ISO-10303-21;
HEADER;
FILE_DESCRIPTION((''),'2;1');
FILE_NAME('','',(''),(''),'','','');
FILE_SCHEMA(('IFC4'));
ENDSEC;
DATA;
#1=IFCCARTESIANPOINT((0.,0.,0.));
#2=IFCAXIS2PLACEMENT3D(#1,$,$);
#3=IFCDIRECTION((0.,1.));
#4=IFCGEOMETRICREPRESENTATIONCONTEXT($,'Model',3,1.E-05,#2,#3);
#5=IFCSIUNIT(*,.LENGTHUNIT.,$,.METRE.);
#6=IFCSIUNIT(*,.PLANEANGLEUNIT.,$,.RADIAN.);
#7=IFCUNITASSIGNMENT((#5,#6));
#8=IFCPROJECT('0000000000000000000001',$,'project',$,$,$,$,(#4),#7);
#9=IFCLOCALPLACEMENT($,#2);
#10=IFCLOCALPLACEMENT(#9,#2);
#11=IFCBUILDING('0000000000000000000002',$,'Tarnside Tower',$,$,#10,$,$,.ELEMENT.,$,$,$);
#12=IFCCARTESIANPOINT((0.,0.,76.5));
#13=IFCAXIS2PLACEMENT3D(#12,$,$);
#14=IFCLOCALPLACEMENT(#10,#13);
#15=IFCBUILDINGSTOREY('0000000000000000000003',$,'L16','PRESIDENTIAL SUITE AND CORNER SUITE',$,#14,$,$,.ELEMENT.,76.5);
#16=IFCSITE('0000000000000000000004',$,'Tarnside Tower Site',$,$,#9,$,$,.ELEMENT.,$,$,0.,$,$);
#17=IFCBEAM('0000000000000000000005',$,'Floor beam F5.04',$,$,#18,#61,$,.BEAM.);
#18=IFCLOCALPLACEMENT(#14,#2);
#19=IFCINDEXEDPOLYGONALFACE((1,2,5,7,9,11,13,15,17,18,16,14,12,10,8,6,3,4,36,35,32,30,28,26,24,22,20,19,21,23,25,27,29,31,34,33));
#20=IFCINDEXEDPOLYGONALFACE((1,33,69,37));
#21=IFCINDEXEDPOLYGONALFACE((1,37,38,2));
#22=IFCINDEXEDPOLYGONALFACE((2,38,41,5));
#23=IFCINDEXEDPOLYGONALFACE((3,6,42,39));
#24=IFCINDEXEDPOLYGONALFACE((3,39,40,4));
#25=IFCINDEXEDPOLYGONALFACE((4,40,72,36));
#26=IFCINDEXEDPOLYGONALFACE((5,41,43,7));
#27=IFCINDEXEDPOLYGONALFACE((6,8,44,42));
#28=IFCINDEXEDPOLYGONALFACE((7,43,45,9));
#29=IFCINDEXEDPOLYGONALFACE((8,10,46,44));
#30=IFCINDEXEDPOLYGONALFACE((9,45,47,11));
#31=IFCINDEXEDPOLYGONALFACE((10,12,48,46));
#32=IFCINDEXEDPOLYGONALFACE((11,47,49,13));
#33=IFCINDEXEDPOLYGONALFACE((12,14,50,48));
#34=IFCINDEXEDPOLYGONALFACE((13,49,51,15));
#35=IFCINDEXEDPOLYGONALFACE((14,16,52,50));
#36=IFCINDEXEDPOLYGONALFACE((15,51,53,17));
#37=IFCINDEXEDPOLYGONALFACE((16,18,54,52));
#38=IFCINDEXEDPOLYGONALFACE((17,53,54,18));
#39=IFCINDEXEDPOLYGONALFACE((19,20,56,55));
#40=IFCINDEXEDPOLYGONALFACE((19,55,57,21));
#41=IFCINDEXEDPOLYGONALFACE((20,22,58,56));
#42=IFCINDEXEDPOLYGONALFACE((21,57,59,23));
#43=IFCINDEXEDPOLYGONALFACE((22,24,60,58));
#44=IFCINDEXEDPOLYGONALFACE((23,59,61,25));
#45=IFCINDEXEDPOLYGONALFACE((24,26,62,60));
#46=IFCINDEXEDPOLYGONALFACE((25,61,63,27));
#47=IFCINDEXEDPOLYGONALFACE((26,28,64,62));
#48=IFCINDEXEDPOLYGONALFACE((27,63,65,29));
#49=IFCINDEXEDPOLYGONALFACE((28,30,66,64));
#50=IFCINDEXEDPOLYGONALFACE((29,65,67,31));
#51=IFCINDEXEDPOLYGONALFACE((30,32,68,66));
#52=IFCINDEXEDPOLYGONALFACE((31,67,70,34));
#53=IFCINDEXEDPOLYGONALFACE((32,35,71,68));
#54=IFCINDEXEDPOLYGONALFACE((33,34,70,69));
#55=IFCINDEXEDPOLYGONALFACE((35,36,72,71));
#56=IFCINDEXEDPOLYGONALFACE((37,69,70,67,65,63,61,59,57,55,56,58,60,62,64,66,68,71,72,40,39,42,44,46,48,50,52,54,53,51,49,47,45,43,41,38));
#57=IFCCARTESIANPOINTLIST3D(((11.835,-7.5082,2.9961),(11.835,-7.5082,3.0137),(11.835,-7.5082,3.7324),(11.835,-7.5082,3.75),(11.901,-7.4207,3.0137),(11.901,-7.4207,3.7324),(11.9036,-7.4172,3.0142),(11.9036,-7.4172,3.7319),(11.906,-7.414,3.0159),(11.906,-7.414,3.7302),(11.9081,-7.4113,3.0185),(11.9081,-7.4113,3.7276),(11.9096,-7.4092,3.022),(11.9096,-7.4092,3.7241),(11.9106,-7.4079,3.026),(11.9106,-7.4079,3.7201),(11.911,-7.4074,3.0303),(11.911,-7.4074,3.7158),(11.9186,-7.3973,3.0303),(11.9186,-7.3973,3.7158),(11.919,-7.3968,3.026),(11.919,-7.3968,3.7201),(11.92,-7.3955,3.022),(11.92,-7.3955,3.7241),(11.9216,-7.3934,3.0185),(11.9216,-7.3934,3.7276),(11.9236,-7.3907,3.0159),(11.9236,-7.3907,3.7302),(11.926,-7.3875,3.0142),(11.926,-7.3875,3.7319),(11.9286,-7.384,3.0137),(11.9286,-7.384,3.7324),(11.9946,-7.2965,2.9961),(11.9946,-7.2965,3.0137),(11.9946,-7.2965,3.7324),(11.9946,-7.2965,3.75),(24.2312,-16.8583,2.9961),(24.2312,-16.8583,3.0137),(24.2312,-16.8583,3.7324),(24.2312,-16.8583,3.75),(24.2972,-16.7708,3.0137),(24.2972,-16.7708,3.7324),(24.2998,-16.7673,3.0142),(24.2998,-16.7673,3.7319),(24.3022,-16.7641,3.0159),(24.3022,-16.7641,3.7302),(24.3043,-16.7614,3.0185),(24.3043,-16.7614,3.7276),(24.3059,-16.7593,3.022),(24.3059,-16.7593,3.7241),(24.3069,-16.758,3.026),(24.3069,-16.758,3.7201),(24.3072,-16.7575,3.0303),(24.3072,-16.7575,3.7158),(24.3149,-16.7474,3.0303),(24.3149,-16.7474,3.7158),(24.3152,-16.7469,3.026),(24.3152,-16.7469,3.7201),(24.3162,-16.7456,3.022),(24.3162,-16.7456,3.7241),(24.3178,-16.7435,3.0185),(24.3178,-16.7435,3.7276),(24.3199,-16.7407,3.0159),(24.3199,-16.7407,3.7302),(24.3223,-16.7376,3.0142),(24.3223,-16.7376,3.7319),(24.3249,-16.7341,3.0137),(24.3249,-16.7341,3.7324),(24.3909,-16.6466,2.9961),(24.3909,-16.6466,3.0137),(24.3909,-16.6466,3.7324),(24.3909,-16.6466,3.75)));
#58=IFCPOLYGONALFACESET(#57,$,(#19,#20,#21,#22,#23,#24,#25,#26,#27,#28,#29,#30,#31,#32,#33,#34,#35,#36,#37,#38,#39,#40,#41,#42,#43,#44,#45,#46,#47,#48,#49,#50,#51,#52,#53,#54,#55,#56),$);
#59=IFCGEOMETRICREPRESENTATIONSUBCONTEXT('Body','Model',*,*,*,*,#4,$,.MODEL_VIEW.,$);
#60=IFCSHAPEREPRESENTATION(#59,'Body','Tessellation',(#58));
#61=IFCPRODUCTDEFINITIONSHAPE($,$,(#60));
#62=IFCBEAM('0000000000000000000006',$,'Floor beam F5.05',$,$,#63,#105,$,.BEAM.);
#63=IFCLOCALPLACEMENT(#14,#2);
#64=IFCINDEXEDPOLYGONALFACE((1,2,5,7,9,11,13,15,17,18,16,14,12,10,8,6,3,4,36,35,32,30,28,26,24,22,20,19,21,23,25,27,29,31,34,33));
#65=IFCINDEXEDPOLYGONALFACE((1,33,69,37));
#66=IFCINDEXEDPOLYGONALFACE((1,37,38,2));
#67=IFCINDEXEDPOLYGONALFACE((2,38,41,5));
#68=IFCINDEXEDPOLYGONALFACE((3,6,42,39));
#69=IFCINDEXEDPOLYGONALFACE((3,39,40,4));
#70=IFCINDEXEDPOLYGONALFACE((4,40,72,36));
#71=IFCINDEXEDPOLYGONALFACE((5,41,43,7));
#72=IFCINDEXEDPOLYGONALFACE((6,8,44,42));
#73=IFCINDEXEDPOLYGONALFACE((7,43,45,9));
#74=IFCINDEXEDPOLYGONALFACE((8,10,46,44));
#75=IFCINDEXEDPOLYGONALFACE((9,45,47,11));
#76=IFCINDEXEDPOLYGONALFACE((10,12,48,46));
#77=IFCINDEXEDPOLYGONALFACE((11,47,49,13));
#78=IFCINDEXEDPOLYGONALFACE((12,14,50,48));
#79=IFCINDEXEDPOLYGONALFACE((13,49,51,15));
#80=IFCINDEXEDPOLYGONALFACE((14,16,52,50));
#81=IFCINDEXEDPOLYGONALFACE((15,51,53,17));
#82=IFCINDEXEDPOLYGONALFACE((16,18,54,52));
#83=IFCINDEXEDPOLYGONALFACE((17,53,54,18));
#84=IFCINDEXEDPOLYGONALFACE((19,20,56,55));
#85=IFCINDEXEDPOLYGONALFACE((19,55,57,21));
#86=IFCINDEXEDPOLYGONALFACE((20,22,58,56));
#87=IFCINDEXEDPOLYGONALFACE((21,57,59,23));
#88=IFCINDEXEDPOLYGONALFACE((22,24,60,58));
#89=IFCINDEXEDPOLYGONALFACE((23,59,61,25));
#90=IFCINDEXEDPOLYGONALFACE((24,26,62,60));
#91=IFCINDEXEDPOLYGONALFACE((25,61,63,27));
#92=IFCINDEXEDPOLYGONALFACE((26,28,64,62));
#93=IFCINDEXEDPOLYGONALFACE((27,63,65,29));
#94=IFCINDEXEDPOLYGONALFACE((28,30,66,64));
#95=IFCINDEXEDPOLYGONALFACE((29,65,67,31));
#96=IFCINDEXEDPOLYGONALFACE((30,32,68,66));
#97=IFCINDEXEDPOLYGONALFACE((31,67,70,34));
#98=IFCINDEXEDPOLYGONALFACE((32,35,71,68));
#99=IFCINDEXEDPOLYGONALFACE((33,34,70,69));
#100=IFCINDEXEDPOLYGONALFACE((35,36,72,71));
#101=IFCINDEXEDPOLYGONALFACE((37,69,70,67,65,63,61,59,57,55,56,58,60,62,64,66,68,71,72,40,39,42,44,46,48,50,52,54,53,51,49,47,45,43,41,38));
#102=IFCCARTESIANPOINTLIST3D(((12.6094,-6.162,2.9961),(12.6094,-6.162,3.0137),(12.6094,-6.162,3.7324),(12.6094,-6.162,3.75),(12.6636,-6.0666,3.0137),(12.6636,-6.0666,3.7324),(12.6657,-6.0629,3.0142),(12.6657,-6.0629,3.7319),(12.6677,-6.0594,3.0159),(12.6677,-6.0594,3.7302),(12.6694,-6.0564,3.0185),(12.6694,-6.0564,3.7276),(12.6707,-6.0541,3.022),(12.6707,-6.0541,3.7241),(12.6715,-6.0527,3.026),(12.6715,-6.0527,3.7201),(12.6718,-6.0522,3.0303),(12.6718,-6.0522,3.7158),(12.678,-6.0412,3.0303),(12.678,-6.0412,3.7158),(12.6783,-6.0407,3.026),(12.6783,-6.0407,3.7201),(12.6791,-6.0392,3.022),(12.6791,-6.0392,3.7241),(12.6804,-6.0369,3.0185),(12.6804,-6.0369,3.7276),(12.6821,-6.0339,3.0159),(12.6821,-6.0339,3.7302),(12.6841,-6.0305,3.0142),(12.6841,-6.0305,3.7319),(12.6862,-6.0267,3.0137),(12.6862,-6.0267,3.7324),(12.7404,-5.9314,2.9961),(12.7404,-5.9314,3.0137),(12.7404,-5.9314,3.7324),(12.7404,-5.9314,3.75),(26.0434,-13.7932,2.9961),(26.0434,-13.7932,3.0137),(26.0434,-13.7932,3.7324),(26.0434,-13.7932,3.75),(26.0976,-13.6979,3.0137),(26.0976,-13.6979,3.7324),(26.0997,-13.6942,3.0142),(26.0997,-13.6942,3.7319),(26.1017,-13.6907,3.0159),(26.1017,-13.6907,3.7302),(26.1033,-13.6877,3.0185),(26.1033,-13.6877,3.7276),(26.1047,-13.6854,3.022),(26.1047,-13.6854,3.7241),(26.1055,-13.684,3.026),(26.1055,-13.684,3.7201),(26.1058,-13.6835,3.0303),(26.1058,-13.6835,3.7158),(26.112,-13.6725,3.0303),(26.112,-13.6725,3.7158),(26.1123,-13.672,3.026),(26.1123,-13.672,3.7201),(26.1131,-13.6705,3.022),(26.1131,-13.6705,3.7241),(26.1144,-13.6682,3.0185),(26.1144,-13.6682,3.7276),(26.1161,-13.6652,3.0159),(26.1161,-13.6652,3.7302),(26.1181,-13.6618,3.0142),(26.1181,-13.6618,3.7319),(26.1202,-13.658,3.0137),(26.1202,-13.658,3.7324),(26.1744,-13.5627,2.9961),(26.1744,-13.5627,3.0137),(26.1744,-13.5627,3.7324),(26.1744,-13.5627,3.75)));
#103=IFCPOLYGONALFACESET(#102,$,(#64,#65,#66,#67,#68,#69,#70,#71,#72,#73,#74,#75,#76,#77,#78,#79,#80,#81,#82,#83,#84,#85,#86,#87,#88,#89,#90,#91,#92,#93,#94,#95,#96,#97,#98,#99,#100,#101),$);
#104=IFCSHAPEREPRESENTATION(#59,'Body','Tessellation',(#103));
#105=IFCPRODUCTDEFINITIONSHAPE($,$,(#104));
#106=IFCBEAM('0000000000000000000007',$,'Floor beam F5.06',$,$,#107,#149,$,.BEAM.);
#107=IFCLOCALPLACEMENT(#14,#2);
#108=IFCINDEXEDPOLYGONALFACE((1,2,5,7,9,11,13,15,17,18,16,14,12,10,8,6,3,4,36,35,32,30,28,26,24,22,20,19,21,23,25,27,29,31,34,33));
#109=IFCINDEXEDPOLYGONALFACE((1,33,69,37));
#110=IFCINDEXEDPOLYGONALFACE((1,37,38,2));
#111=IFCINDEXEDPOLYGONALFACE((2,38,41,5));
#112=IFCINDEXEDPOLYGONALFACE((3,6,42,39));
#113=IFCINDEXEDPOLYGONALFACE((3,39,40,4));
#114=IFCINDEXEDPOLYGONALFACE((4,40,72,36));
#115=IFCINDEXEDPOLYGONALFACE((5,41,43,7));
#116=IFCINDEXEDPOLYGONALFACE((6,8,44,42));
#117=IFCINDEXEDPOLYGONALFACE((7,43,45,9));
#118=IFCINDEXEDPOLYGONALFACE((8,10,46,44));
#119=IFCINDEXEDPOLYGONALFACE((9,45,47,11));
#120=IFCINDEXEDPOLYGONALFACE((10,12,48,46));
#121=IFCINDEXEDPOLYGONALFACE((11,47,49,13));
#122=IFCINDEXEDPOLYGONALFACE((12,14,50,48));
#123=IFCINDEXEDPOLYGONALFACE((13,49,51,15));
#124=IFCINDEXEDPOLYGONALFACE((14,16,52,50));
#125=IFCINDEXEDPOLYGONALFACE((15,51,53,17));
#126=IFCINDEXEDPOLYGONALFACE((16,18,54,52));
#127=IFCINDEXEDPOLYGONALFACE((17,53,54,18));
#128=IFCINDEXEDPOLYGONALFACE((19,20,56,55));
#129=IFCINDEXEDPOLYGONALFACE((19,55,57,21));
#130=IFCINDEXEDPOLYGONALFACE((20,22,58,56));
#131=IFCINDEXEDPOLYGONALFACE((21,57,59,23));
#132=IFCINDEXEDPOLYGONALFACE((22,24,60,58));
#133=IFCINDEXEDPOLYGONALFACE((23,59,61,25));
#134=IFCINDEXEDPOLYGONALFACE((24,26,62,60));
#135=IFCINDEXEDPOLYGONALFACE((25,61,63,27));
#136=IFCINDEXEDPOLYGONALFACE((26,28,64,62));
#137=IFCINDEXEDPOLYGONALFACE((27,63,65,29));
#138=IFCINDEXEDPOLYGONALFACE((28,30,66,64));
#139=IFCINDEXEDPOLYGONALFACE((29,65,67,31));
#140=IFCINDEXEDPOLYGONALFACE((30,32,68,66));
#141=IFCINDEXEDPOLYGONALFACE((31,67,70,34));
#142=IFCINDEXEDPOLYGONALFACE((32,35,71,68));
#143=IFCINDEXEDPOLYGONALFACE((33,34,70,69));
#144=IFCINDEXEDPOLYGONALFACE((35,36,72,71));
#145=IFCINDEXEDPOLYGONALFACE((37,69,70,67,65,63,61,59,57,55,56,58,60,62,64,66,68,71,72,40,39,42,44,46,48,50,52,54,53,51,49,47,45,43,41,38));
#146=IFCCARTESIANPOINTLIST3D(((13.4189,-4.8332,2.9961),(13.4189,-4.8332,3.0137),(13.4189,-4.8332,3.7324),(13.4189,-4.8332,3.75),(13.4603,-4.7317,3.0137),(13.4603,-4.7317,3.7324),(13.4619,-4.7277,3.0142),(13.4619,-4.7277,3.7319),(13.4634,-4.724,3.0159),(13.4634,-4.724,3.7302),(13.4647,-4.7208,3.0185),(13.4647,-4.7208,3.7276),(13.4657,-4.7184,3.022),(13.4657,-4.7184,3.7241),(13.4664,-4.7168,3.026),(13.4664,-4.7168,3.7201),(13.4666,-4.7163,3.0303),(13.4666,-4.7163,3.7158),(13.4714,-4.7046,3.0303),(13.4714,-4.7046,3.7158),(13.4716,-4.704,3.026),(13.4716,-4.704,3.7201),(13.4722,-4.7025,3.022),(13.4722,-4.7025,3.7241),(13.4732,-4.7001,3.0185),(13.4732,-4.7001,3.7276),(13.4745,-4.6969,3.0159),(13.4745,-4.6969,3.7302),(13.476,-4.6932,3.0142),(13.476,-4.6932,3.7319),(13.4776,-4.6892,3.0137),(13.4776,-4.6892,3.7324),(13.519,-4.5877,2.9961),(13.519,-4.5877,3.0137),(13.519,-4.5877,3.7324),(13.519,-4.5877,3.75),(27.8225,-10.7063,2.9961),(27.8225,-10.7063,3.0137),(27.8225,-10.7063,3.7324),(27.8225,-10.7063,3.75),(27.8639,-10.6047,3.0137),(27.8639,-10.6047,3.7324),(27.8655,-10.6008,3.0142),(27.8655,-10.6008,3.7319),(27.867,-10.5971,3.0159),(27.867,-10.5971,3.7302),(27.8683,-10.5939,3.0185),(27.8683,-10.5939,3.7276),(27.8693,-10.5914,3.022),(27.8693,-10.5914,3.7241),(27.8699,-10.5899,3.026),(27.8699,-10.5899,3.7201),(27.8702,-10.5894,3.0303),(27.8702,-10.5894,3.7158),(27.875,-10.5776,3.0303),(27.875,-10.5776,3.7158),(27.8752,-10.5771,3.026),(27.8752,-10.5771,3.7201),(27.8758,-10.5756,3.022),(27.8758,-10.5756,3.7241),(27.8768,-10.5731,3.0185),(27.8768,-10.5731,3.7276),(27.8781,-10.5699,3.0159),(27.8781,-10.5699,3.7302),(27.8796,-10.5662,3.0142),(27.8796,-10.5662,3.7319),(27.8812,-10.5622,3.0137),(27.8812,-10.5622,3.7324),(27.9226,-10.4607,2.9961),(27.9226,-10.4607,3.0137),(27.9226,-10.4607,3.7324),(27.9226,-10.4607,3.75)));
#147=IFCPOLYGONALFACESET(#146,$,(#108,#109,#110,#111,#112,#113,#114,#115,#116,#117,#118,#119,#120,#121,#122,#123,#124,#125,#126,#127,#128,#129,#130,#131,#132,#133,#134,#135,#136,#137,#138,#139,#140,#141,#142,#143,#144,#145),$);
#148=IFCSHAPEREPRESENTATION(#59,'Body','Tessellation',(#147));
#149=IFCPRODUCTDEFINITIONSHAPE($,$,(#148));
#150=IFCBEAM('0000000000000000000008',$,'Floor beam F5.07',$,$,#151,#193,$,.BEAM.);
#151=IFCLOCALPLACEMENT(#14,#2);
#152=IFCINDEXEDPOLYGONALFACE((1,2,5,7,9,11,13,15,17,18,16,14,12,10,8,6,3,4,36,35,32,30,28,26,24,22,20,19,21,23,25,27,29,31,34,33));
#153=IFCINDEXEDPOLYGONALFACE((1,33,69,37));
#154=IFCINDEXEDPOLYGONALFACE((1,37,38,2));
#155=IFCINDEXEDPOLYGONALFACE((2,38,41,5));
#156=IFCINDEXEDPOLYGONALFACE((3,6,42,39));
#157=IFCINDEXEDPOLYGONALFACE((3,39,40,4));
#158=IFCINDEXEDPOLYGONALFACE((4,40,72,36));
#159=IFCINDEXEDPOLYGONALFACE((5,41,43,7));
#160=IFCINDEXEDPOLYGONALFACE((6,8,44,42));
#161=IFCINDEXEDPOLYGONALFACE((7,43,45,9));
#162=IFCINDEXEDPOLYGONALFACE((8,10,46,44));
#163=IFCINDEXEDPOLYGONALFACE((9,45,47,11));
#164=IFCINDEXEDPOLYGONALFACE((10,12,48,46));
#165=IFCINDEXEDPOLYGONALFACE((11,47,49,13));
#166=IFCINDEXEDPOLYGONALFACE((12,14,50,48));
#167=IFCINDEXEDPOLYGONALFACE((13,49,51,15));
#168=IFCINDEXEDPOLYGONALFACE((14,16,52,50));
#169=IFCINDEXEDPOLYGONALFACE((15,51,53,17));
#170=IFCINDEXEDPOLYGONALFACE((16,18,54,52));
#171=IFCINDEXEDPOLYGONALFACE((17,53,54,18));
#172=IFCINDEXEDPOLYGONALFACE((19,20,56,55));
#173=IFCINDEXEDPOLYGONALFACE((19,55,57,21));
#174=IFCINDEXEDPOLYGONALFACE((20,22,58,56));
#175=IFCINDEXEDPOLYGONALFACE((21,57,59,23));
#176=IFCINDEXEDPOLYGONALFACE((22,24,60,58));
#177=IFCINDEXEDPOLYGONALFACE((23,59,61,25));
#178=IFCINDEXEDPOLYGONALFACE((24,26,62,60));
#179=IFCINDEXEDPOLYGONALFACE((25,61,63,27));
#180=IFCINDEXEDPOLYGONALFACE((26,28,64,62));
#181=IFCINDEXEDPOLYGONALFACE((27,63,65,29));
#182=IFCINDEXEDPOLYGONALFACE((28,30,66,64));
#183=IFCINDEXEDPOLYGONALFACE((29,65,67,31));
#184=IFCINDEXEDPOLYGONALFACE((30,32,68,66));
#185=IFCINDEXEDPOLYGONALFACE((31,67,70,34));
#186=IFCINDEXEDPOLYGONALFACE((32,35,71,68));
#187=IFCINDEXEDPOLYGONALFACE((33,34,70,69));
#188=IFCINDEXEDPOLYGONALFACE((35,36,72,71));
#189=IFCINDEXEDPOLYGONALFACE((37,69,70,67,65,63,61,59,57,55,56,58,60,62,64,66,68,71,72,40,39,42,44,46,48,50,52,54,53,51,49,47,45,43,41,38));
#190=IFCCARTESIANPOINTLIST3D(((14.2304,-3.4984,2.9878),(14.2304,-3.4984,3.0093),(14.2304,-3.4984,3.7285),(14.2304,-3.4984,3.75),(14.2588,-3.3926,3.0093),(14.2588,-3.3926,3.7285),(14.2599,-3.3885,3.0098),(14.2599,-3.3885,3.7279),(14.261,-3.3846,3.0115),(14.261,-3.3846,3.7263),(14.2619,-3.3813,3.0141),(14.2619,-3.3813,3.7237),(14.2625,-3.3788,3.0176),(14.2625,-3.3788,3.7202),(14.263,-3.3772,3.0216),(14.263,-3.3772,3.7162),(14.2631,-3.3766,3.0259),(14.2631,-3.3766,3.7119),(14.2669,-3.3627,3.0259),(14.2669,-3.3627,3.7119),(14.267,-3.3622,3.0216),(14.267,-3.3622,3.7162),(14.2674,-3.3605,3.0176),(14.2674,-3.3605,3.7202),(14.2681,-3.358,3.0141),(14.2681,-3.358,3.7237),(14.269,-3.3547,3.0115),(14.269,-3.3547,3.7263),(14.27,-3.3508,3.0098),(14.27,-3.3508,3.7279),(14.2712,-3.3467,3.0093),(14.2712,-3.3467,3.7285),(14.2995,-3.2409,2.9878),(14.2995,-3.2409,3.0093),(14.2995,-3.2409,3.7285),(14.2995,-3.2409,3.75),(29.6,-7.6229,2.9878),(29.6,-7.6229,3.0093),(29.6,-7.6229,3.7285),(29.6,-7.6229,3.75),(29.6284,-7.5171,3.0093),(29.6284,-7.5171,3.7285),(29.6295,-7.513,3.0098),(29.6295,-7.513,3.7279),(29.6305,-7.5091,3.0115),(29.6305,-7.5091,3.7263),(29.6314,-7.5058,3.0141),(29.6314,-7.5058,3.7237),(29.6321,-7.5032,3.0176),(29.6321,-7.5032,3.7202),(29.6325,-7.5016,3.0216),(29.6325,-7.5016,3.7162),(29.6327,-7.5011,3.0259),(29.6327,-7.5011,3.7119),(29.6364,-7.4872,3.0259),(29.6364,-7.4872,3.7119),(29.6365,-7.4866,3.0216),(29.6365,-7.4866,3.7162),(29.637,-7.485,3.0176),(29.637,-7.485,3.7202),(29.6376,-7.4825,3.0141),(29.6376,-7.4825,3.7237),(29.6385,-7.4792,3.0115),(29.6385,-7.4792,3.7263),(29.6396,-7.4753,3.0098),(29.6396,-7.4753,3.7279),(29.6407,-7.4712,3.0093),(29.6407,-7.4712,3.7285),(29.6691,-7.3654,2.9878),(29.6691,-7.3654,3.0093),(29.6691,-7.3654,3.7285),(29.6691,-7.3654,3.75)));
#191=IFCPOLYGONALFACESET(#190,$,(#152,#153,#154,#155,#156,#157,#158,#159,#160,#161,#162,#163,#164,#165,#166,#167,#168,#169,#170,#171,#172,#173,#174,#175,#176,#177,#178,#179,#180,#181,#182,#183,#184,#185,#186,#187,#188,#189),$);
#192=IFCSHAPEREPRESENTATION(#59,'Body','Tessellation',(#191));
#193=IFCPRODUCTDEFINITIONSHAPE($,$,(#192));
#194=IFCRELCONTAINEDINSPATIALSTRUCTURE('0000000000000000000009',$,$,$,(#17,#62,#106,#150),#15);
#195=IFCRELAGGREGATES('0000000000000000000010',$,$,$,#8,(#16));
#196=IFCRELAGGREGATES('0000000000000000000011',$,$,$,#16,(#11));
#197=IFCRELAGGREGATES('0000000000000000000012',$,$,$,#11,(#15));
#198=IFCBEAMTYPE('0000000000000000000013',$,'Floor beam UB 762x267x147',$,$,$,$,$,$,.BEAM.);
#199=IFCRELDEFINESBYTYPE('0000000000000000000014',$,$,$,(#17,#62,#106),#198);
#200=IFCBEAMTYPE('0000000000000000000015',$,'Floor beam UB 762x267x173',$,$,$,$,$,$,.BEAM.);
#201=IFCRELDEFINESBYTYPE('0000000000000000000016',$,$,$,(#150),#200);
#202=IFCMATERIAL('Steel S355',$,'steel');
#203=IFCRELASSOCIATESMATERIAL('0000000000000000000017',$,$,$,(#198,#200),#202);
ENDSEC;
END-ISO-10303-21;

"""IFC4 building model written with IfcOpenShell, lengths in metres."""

from ifc_helpers import new_model, si_unit, direction, frame, origin, origin_2d, place, context, subcontext, project, spatial, i_section, extrude, material, material_profile, profile_set, type_object, element, save


model = new_model("IFC4")

# Units and contexts
model_context = context("Model", 3, precision=1e-05, world=origin(), true_north=direction((0.0, 1.0)))
body_context = subcontext(model_context, "Body", "Model", "MODEL_VIEW")
ifc_project = project(units=[si_unit("LENGTHUNIT", "METRE"), si_unit("PLANEANGLEUNIT", "RADIAN")], contexts=[model_context])

# Site, building, storey
site_placement = place(None, origin())
site = spatial("IfcSite", under=ifc_project, at=site_placement, Name="Tarnside Tower Site", CompositionType="ELEMENT", RefElevation=0.0)
building_placement = place(site_placement, origin())
building = spatial("IfcBuilding", under=site, at=building_placement, Name="Tarnside Tower", CompositionType="ELEMENT")
storey_placement = place(building_placement, frame((0.0, 0.0, 76.5)))
storey = spatial("IfcBuildingStorey", under=building, at=storey_placement, Name="L16", Description="PRESIDENTIAL SUITE AND CORNER SUITE", CompositionType="ELEMENT", Elevation=76.5)

# Beams
ifc_material_1 = material(Name="Steel S355", Category="steel")
ifc_material_profile_1 = material_profile(ifc_material_1, i_section(OverallWidth=0.2651, OverallDepth=0.7539, WebThickness=0.0127, FlangeThickness=0.0176, FilletRadius=0.0166, at=origin_2d()), Name="UB 762x267x147")
ifc_profile_set_1 = profile_set([ifc_material_profile_1], Name="Steel S355")
beam_type_1 = type_object("IfcBeamType", Name="Floor beam UB 762x267x147", PredefinedType="BEAM", material=ifc_profile_set_1)
beam_1_placement = place(storey_placement, frame((24.311, -16.7524, 3.373), z_axis=(-0.798361, 0.602179, 0.0), x_axis=(-0.602179, -0.798361, 0.0)))
element("IfcBeam", 1, at=beam_1_placement, inside=storey, type_object=beam_type_1, Name="Floor beam F5.04", PredefinedType="BEAM", context=body_context, shape_type="SweptSolid", body=[
    extrude(i_section(OverallWidth=0.2651, OverallDepth=0.7539, WebThickness=0.0127, FlangeThickness=0.0176, FilletRadius=0.0166, at=origin_2d()), origin(), (0.0, 0.0, 1.0), 15.5271),
])
beam_2_placement = place(storey_placement, frame((26.1089, -13.678, 3.373), z_axis=(-0.869503, 0.493929, 0.0), x_axis=(-0.493929, -0.869503, 0.0)))
element("IfcBeam", 2, at=beam_2_placement, inside=storey, type_object=beam_type_1, Name="Floor beam F5.05", PredefinedType="BEAM", context=body_context, shape_type="SweptSolid", body=[
    extrude(i_section(OverallWidth=0.2651, OverallDepth=0.7539, WebThickness=0.0127, FlangeThickness=0.0176, FilletRadius=0.0166, at=origin_2d()), origin(), (0.0, 0.0, 1.0), 15.4502),
])
beam_3_placement = place(storey_placement, frame((27.8726, -10.5835, 3.373), z_axis=(-0.925982, 0.377569, 0.0), x_axis=(-0.377569, -0.925982, 0.0)))
element("IfcBeam", 3, at=beam_3_placement, inside=storey, type_object=beam_type_1, Name="Floor beam F5.06", PredefinedType="BEAM", context=body_context, shape_type="SweptSolid", body=[
    extrude(i_section(OverallWidth=0.2651, OverallDepth=0.7539, WebThickness=0.0127, FlangeThickness=0.0176, FilletRadius=0.0166, at=origin_2d()), origin(), (0.0, 0.0, 1.0), 15.5549),
])
ifc_material_profile_2 = material_profile(ifc_material_1, i_section(OverallWidth=0.2666, OverallDepth=0.7622, WebThickness=0.0144, FlangeThickness=0.0215, FilletRadius=0.0166, at=origin_2d()), Name="UB 762x267x173")
ifc_profile_set_2 = profile_set([ifc_material_profile_2], Name="Steel S355")
beam_type_2 = type_object("IfcBeamType", Name="Floor beam UB 762x267x173", PredefinedType="BEAM", material=ifc_profile_set_2)
beam_4_placement = place(storey_placement, frame((29.6345, -7.4941, 3.3689), z_axis=(-0.965828, 0.259184, 0.0), x_axis=(-0.259184, -0.965828, 0.0)))
element("IfcBeam", 4, at=beam_4_placement, inside=storey, type_object=beam_type_2, Name="Floor beam F5.07", PredefinedType="BEAM", context=body_context, shape_type="SweptSolid", body=[
    extrude(i_section(OverallWidth=0.2666, OverallDepth=0.7622, WebThickness=0.0144, FlangeThickness=0.0215, FilletRadius=0.0166, at=origin_2d()), origin(), (0.0, 0.0, 1.0), 15.9133),
])

save(model, "model.ifc")
